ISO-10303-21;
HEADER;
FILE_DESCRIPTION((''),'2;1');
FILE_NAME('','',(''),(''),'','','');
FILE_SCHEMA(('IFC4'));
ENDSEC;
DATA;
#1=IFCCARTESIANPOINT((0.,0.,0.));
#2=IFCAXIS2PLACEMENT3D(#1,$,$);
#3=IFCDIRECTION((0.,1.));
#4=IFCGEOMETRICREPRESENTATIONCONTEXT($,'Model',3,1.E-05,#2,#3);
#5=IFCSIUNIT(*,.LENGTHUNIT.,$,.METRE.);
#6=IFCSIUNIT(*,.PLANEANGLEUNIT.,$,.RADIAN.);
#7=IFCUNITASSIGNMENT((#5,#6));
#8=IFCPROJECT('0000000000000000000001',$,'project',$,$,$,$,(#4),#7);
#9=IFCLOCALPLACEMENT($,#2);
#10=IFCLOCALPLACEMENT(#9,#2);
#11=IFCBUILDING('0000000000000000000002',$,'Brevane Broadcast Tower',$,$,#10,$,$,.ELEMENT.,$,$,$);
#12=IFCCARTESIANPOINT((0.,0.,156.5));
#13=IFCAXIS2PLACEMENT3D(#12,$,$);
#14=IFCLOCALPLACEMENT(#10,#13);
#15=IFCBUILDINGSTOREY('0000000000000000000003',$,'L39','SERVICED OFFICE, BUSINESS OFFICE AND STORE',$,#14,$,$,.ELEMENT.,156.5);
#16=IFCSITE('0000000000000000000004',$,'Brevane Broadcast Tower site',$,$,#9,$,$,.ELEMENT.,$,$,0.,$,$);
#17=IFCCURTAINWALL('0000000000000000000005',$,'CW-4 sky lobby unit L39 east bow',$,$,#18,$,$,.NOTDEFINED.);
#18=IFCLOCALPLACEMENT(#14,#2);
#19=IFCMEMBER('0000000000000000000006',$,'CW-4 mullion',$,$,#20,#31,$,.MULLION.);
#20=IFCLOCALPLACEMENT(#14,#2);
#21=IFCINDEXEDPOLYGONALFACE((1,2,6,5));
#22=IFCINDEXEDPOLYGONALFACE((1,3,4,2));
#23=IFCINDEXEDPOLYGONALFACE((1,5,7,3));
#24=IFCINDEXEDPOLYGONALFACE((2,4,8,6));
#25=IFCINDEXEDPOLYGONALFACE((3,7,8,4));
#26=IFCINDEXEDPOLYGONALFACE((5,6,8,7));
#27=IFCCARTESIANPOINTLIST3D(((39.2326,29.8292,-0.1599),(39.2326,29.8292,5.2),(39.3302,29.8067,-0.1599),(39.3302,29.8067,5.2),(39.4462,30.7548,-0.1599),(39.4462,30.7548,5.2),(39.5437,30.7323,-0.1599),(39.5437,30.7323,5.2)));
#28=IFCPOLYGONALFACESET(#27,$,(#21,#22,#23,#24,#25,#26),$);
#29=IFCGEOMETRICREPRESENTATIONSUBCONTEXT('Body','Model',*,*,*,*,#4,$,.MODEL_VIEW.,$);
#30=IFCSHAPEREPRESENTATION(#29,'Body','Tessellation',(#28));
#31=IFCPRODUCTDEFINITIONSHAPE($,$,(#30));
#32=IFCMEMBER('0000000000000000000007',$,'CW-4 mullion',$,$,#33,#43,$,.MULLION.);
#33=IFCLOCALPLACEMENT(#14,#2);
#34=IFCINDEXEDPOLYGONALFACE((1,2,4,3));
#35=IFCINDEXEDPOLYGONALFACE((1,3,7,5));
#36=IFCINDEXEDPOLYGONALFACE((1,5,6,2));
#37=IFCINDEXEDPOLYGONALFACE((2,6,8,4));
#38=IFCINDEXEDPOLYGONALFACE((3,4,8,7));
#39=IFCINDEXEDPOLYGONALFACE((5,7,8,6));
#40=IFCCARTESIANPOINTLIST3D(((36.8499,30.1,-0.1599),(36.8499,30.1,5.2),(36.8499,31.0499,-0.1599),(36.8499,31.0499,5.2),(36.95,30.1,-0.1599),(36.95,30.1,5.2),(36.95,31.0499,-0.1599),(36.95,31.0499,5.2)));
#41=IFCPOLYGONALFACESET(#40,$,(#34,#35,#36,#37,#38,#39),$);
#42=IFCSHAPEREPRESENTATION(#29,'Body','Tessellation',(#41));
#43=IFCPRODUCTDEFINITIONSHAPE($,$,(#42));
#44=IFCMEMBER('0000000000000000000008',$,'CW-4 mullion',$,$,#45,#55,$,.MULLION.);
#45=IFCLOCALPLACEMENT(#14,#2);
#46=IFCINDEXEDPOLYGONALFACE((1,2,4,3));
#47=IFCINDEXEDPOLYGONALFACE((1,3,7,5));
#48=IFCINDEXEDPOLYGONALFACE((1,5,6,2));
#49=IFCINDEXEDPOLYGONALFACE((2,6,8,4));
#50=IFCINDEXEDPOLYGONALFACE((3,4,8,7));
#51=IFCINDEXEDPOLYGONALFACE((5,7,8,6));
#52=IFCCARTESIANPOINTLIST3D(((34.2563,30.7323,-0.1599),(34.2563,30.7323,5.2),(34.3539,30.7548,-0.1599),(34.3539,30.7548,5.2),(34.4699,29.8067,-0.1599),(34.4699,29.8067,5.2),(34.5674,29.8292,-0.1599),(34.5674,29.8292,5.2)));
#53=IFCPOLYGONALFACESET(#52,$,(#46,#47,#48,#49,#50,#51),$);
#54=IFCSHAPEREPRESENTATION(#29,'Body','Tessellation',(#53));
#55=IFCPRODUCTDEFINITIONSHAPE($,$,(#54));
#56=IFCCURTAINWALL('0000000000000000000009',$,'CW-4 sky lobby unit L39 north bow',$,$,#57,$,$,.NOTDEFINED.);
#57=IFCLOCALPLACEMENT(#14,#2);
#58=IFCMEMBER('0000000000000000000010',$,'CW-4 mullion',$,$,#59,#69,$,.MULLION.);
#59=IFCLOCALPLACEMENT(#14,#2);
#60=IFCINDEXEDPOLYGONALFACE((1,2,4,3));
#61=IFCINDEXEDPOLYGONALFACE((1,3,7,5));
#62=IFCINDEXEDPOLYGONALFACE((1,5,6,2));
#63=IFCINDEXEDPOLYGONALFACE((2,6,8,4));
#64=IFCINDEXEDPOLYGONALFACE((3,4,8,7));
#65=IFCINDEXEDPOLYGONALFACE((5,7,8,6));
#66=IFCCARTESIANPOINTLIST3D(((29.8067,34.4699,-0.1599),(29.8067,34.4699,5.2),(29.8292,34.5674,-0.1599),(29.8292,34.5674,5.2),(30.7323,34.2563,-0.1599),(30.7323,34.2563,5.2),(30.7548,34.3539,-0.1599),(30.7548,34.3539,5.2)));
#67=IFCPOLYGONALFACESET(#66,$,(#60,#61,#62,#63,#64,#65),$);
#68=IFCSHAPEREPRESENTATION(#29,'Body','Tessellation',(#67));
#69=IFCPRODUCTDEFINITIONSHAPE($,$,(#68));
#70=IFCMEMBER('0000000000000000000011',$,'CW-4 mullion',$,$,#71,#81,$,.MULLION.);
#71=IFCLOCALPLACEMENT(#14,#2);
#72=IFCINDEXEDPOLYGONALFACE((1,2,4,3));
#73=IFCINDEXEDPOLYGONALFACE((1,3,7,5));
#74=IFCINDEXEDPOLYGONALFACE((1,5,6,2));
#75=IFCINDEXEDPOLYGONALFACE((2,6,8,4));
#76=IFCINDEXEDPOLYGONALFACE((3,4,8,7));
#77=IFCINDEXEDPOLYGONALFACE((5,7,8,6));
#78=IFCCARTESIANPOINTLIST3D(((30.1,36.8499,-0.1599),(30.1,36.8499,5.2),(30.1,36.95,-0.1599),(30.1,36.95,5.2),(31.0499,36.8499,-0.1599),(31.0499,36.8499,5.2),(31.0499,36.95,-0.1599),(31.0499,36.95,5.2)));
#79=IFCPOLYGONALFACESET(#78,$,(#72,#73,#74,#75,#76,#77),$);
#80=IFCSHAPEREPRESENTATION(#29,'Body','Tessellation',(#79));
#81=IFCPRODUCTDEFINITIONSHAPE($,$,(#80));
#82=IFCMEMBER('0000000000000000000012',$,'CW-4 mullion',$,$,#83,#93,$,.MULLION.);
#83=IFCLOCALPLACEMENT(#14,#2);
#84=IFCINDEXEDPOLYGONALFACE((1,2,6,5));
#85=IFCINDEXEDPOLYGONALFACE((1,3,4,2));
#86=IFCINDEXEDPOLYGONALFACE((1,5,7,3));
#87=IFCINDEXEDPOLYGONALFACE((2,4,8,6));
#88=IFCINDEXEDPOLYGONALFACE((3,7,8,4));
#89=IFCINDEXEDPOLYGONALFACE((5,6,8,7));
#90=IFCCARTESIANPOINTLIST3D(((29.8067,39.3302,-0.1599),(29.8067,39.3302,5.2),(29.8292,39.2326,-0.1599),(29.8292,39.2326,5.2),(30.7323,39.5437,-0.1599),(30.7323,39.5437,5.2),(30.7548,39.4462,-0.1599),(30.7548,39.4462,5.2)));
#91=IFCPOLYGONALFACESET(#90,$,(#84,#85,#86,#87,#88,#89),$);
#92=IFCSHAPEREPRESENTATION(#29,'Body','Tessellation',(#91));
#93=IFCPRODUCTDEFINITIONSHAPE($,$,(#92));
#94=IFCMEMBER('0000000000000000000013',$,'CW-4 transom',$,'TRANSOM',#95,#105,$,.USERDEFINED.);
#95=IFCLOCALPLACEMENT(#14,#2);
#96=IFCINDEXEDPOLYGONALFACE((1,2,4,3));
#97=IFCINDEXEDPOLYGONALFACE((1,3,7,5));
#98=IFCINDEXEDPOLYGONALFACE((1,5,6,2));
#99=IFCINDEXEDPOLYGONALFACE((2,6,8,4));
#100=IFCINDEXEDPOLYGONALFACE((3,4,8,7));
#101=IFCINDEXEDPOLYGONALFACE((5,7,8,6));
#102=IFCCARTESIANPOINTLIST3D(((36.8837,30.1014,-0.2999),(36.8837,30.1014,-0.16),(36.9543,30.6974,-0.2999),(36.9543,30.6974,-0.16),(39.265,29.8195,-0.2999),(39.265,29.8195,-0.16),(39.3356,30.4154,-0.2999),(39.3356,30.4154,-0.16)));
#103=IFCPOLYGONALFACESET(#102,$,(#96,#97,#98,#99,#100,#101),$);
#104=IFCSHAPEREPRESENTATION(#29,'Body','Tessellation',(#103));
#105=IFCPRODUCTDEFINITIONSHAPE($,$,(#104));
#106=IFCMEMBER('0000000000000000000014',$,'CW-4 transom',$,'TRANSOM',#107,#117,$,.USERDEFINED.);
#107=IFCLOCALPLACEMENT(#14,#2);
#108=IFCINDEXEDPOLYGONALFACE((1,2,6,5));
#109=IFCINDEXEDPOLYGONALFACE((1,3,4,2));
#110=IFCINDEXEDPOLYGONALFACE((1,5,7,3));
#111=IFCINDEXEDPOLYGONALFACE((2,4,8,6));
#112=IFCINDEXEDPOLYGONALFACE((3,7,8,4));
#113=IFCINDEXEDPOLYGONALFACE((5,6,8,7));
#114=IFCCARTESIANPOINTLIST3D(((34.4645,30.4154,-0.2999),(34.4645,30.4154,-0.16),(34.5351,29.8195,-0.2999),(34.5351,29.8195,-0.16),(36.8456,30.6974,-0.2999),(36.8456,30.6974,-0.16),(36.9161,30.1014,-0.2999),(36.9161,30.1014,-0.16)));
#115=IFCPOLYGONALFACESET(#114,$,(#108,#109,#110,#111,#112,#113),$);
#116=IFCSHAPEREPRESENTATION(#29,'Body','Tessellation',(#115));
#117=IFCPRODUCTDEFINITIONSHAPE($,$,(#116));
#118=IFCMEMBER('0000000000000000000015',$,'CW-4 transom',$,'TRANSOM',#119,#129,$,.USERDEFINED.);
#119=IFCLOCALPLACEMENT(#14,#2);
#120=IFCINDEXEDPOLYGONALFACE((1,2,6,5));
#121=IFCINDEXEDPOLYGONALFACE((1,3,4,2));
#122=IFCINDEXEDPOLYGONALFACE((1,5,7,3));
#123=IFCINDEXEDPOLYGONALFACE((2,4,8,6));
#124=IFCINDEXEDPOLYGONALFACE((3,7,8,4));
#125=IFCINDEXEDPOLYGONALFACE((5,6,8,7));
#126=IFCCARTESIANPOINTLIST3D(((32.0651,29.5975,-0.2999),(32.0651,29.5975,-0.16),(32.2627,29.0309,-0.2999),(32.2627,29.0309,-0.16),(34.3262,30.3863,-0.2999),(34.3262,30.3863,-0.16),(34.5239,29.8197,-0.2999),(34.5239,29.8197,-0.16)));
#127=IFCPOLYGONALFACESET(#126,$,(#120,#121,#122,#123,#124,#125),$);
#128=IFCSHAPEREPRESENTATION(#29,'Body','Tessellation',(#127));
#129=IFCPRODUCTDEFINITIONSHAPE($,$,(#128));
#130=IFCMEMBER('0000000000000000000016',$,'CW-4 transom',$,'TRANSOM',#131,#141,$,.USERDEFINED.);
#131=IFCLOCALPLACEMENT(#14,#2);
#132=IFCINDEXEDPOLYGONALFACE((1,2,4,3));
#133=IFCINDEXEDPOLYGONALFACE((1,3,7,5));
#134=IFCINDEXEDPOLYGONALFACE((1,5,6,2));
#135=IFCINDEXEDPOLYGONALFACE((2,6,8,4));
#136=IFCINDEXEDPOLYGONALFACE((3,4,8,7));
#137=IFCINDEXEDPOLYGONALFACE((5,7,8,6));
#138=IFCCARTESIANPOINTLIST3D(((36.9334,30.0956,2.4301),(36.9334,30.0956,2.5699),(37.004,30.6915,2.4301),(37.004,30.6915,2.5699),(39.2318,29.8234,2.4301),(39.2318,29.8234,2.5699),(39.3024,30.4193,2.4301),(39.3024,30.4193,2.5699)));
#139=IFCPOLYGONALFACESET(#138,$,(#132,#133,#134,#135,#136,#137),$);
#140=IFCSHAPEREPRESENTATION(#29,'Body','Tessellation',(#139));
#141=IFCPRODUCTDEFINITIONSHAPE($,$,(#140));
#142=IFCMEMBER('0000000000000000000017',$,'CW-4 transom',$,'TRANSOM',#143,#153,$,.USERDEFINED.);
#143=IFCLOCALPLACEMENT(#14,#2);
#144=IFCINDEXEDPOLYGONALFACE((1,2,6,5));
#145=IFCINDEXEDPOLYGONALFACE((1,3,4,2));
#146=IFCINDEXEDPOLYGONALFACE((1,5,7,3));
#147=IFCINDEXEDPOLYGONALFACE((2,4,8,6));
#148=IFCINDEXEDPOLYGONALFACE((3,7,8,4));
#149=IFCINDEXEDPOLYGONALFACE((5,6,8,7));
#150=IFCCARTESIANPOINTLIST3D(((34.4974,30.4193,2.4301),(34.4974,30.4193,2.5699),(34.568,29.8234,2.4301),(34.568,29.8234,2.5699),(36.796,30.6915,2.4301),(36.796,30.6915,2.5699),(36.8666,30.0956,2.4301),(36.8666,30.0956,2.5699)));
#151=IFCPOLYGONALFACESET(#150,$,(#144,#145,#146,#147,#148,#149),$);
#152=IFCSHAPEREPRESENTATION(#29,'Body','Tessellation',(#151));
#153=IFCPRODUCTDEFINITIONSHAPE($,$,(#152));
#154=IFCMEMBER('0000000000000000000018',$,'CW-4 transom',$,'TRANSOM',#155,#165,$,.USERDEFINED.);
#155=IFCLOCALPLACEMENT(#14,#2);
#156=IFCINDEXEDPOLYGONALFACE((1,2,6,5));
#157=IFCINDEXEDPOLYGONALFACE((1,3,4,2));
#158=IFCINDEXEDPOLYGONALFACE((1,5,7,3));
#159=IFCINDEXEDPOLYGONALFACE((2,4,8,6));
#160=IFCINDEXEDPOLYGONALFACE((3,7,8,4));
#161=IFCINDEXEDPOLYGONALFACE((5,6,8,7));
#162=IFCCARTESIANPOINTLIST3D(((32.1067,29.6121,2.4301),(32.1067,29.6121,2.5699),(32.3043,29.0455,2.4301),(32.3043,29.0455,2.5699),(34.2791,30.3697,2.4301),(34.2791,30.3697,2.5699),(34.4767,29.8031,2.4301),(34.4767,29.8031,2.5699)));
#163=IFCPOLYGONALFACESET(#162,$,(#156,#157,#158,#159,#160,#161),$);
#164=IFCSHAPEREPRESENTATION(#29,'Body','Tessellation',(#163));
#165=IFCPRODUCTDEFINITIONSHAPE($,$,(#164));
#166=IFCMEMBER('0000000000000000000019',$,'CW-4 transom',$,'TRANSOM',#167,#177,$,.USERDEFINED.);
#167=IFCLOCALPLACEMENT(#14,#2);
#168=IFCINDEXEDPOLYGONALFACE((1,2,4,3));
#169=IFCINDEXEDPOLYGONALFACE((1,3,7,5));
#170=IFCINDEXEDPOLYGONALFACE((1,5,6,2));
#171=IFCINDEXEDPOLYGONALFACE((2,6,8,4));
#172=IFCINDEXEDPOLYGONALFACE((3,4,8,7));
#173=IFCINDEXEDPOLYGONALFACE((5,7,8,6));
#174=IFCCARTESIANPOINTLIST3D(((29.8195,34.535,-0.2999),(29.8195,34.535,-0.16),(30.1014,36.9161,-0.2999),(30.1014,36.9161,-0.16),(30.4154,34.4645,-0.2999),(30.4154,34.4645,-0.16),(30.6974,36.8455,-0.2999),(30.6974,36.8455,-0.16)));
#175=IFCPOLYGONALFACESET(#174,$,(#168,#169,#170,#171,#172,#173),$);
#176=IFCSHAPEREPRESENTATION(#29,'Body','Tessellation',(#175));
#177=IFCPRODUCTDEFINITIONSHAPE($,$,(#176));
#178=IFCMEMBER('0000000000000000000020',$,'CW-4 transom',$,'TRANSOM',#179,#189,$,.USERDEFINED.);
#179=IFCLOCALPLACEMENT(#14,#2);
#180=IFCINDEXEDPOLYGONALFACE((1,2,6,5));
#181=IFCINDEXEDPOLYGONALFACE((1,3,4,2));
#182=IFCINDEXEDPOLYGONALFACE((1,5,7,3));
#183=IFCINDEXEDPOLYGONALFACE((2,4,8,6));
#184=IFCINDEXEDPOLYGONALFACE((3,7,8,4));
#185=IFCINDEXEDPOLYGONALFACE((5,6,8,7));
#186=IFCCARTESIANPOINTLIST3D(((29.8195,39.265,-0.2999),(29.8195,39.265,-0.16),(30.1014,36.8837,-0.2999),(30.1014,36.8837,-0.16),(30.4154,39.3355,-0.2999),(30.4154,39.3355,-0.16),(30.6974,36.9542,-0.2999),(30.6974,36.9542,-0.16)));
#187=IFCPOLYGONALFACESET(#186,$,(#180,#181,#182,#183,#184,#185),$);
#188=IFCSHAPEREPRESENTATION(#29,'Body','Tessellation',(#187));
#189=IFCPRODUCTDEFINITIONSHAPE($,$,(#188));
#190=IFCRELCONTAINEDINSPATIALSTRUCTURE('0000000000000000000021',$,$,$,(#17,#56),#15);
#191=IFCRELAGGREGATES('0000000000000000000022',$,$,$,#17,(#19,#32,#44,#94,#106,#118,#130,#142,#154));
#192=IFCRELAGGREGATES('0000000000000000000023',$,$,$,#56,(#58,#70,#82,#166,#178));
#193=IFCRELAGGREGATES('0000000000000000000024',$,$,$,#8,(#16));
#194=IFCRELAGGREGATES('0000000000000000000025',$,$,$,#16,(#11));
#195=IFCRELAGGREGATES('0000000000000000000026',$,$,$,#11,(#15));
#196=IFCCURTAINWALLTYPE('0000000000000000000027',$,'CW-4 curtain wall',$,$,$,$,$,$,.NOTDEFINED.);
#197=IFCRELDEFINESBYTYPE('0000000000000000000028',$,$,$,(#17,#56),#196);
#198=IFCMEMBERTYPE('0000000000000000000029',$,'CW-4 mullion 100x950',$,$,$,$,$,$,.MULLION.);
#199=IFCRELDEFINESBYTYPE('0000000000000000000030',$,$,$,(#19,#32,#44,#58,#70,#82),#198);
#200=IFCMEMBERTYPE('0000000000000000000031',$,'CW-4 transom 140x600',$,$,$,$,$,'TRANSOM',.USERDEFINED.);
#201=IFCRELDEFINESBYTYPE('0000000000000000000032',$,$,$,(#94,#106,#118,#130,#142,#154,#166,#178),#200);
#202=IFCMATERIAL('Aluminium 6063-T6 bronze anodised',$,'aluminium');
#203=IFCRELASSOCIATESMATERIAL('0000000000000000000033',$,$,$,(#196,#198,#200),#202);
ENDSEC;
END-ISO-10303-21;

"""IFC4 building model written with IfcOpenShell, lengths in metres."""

from ifc_helpers import new_model, si_unit, direction, frame, origin, origin_2d, place, context, subcontext, project, spatial, rectangle, extrude, material, material_profile, profile_set, type_object, element, aggregate, save


model = new_model("IFC4")

# Units and contexts
model_context = context("Model", 3, precision=1e-05, world=origin(), true_north=direction((0.0, 1.0)))
body_context = subcontext(model_context, "Body", "Model", "MODEL_VIEW")
ifc_project = project(units=[si_unit("LENGTHUNIT", "METRE"), si_unit("PLANEANGLEUNIT", "RADIAN")], contexts=[model_context])

# Site, building, storey
site_placement = place(None, origin())
site = spatial("IfcSite", under=ifc_project, at=site_placement, Name="Brevane Broadcast Tower site", CompositionType="ELEMENT", RefElevation=0.0)
building_placement = place(site_placement, origin())
building = spatial("IfcBuilding", under=site, at=building_placement, Name="Brevane Broadcast Tower", CompositionType="ELEMENT")
storey_placement = place(building_placement, frame((0.0, 0.0, 156.5)))
storey = spatial("IfcBuildingStorey", under=building, at=storey_placement, Name="L39", Description="SERVICED OFFICE, BUSINESS OFFICE AND STORE", CompositionType="ELEMENT", Elevation=156.5)

# Curtain walls, members
ifc_material_1 = material(Name="Aluminium 6063-T6 bronze anodised", Category="aluminium")
curtain_wall_type = type_object("IfcCurtainWallType", Name="CW-4 curtain wall", PredefinedType="NOTDEFINED", material=ifc_material_1)
curtain_wall_1_placement = place(storey_placement, origin())
curtain_wall_1 = element("IfcCurtainWall", 1, at=curtain_wall_1_placement, inside=storey, type_object=curtain_wall_type, Name="CW-4 sky lobby unit L39 east bow", PredefinedType="NOTDEFINED")
ifc_material_profile_1 = material_profile(ifc_material_1, rectangle(XDim=0.95, YDim=0.1001, at=origin_2d()), Name="RECT 100x950")
ifc_profile_set_1 = profile_set([ifc_material_profile_1], Name="Aluminium 6063-T6 bronze anodised")
member_type_1 = type_object("IfcMemberType", Name="CW-4 mullion 100x950", PredefinedType="MULLION", material=ifc_profile_set_1)
member_1_placement = place(storey_placement, frame((39.3882, 30.2808, -0.1599), z_axis=(0.0, 0.0, 1.0), x_axis=(-0.224807, -0.974403, 0.0)))
member_1 = element("IfcMember", 2, at=member_1_placement, type_object=member_type_1, Name="CW-4 mullion", PredefinedType="MULLION", context=body_context, shape_type="SweptSolid", body=[
    extrude(rectangle(XDim=0.95, YDim=0.1001, at=origin_2d()), origin(), (0.0, 0.0, 1.0), 5.3599),
])
member_2_placement = place(storey_placement, frame((36.8999, 30.575, -0.1599), z_axis=(0.0, 0.0, 1.0), x_axis=(0.0, -1.0, 0.0)))
member_2 = element("IfcMember", 3, at=member_2_placement, type_object=member_type_1, Name="CW-4 mullion", PredefinedType="MULLION", context=body_context, shape_type="SweptSolid", body=[
    extrude(rectangle(XDim=0.95, YDim=0.1001, at=origin_2d()), origin(), (0.0, 0.0, 1.0), 5.3599),
])
member_3_placement = place(storey_placement, frame((34.4119, 30.2808, -0.1599), z_axis=(0.0, 0.0, 1.0), x_axis=(0.224807, -0.974403, 0.0)))
member_3 = element("IfcMember", 4, at=member_3_placement, type_object=member_type_1, Name="CW-4 mullion", PredefinedType="MULLION", context=body_context, shape_type="SweptSolid", body=[
    extrude(rectangle(XDim=0.95, YDim=0.1001, at=origin_2d()), origin(), (0.0, 0.0, 1.0), 5.3599),
])
curtain_wall_2_placement = place(storey_placement, origin())
curtain_wall_2 = element("IfcCurtainWall", 5, at=curtain_wall_2_placement, inside=storey, type_object=curtain_wall_type, Name="CW-4 sky lobby unit L39 north bow", PredefinedType="NOTDEFINED")
member_4_placement = place(storey_placement, frame((30.2808, 34.4119, -0.1599), z_axis=(0.0, 0.0, 1.0), x_axis=(-0.974403, 0.224807, 0.0)))
member_4 = element("IfcMember", 6, at=member_4_placement, type_object=member_type_1, Name="CW-4 mullion", PredefinedType="MULLION", context=body_context, shape_type="SweptSolid", body=[
    extrude(rectangle(XDim=0.95, YDim=0.1001, at=origin_2d()), origin(), (0.0, 0.0, 1.0), 5.3599),
])
member_5_placement = place(storey_placement, frame((30.575, 36.8999, -0.1599), z_axis=(0.0, 0.0, 1.0), x_axis=(-1.0, 0.0, 0.0)))
member_5 = element("IfcMember", 7, at=member_5_placement, type_object=member_type_1, Name="CW-4 mullion", PredefinedType="MULLION", context=body_context, shape_type="SweptSolid", body=[
    extrude(rectangle(XDim=0.95, YDim=0.1001, at=origin_2d()), origin(), (0.0, 0.0, 1.0), 5.3599),
])
member_6_placement = place(storey_placement, frame((30.2808, 39.3882, -0.1599), z_axis=(0.0, 0.0, 1.0), x_axis=(-0.974403, -0.224807, 0.0)))
member_6 = element("IfcMember", 8, at=member_6_placement, type_object=member_type_1, Name="CW-4 mullion", PredefinedType="MULLION", context=body_context, shape_type="SweptSolid", body=[
    extrude(rectangle(XDim=0.95, YDim=0.1001, at=origin_2d()), origin(), (0.0, 0.0, 1.0), 5.3599),
])

# Members
ifc_material_profile_2 = material_profile(ifc_material_1, rectangle(XDim=0.6001, YDim=0.1399, at=origin_2d()), Name="RECT 140x600")
ifc_profile_set_2 = profile_set([ifc_material_profile_2], Name="Aluminium 6063-T6 bronze anodised")
member_type_2 = type_object("IfcMemberType", Name="CW-4 transom 140x600", ElementType="TRANSOM", PredefinedType="USERDEFINED", material=ifc_profile_set_2)
member_7_placement = place(storey_placement, frame((39.3003, 30.1174, -0.23), z_axis=(-0.993062, 0.117591, 0.0), x_axis=(-0.117591, -0.993062, 0.0)))
member_7 = element("IfcMember", 9, at=member_7_placement, type_object=member_type_2, Name="CW-4 transom", ObjectType="TRANSOM", PredefinedType="USERDEFINED", context=body_context, shape_type="SweptSolid", body=[
    extrude(rectangle(XDim=0.6001, YDim=0.1399, at=origin_2d()), origin(), (0.0, 0.0, 1.0), 2.3979),
])
member_8_placement = place(storey_placement, frame((36.8809, 30.3994, -0.23), z_axis=(-0.993061, -0.117603, 0.0), x_axis=(0.117603, -0.993061, 0.0)))
member_8 = element("IfcMember", 10, at=member_8_placement, type_object=member_type_2, Name="CW-4 transom", ObjectType="TRANSOM", PredefinedType="USERDEFINED", context=body_context, shape_type="SweptSolid", body=[
    extrude(rectangle(XDim=0.6001, YDim=0.1399, at=origin_2d()), origin(), (0.0, 0.0, 1.0), 2.3977),
])
member_9_placement = place(storey_placement, frame((34.425, 30.103, -0.23), z_axis=(-0.944198, -0.329378, 0.0), x_axis=(0.329378, -0.944198, 0.0)))
member_9 = element("IfcMember", 11, at=member_9_placement, type_object=member_type_2, Name="CW-4 transom", ObjectType="TRANSOM", PredefinedType="USERDEFINED", context=body_context, shape_type="SweptSolid", body=[
    extrude(rectangle(XDim=0.6001, YDim=0.1399, at=origin_2d()), origin(), (0.0, 0.0, 1.0), 2.3948),
])
member_10_placement = place(storey_placement, frame((39.2671, 30.1213, 2.5), z_axis=(-0.993059, 0.117619, 0.0), x_axis=(-0.117619, -0.993059, 0.0)))
member_10 = element("IfcMember", 12, at=member_10_placement, type_object=member_type_2, Name="CW-4 transom", ObjectType="TRANSOM", PredefinedType="USERDEFINED", context=body_context, shape_type="SweptSolid", body=[
    extrude(rectangle(XDim=0.6001, YDim=0.1399, at=origin_2d()), origin(), (0.0, 0.0, 1.0), 2.3145),
])
member_11_placement = place(storey_placement, frame((36.8313, 30.3936, 2.5), z_axis=(-0.99306, -0.117606, 0.0), x_axis=(0.117606, -0.99306, 0.0)))
member_11 = element("IfcMember", 13, at=member_11_placement, type_object=member_type_2, Name="CW-4 transom", ObjectType="TRANSOM", PredefinedType="USERDEFINED", context=body_context, shape_type="SweptSolid", body=[
    extrude(rectangle(XDim=0.6001, YDim=0.1399, at=origin_2d()), origin(), (0.0, 0.0, 1.0), 2.3147),
])
member_12_placement = place(storey_placement, frame((34.3779, 30.0864, 2.5), z_axis=(-0.944232, -0.329282, 0.0), x_axis=(0.329282, -0.944232, 0.0)))
member_12 = element("IfcMember", 14, at=member_12_placement, type_object=member_type_2, Name="CW-4 transom", ObjectType="TRANSOM", PredefinedType="USERDEFINED", context=body_context, shape_type="SweptSolid", body=[
    extrude(rectangle(XDim=0.6001, YDim=0.1399, at=origin_2d()), origin(), (0.0, 0.0, 1.0), 2.3008),
])
aggregate(curtain_wall_1, [member_1, member_2, member_3, member_7, member_8, member_9, member_10, member_11, member_12])
member_13_placement = place(storey_placement, frame((30.1174, 34.4998, -0.23), z_axis=(0.117603, 0.993061, 0.0), x_axis=(-0.993061, 0.117603, 0.0)))
member_13 = element("IfcMember", 15, at=member_13_placement, type_object=member_type_2, Name="CW-4 transom", ObjectType="TRANSOM", PredefinedType="USERDEFINED", context=body_context, shape_type="SweptSolid", body=[
    extrude(rectangle(XDim=0.6001, YDim=0.1399, at=origin_2d()), origin(), (0.0, 0.0, 1.0), 2.3977),
])
member_14_placement = place(storey_placement, frame((30.3994, 36.9189, -0.23), z_axis=(-0.117591, 0.993062, 0.0), x_axis=(-0.993062, -0.117591, 0.0)))
member_14 = element("IfcMember", 16, at=member_14_placement, type_object=member_type_2, Name="CW-4 transom", ObjectType="TRANSOM", PredefinedType="USERDEFINED", context=body_context, shape_type="SweptSolid", body=[
    extrude(rectangle(XDim=0.6001, YDim=0.1399, at=origin_2d()), origin(), (0.0, 0.0, 1.0), 2.3979),
])
aggregate(curtain_wall_2, [member_4, member_5, member_6, member_13, member_14])

save(model, "model.ifc")
